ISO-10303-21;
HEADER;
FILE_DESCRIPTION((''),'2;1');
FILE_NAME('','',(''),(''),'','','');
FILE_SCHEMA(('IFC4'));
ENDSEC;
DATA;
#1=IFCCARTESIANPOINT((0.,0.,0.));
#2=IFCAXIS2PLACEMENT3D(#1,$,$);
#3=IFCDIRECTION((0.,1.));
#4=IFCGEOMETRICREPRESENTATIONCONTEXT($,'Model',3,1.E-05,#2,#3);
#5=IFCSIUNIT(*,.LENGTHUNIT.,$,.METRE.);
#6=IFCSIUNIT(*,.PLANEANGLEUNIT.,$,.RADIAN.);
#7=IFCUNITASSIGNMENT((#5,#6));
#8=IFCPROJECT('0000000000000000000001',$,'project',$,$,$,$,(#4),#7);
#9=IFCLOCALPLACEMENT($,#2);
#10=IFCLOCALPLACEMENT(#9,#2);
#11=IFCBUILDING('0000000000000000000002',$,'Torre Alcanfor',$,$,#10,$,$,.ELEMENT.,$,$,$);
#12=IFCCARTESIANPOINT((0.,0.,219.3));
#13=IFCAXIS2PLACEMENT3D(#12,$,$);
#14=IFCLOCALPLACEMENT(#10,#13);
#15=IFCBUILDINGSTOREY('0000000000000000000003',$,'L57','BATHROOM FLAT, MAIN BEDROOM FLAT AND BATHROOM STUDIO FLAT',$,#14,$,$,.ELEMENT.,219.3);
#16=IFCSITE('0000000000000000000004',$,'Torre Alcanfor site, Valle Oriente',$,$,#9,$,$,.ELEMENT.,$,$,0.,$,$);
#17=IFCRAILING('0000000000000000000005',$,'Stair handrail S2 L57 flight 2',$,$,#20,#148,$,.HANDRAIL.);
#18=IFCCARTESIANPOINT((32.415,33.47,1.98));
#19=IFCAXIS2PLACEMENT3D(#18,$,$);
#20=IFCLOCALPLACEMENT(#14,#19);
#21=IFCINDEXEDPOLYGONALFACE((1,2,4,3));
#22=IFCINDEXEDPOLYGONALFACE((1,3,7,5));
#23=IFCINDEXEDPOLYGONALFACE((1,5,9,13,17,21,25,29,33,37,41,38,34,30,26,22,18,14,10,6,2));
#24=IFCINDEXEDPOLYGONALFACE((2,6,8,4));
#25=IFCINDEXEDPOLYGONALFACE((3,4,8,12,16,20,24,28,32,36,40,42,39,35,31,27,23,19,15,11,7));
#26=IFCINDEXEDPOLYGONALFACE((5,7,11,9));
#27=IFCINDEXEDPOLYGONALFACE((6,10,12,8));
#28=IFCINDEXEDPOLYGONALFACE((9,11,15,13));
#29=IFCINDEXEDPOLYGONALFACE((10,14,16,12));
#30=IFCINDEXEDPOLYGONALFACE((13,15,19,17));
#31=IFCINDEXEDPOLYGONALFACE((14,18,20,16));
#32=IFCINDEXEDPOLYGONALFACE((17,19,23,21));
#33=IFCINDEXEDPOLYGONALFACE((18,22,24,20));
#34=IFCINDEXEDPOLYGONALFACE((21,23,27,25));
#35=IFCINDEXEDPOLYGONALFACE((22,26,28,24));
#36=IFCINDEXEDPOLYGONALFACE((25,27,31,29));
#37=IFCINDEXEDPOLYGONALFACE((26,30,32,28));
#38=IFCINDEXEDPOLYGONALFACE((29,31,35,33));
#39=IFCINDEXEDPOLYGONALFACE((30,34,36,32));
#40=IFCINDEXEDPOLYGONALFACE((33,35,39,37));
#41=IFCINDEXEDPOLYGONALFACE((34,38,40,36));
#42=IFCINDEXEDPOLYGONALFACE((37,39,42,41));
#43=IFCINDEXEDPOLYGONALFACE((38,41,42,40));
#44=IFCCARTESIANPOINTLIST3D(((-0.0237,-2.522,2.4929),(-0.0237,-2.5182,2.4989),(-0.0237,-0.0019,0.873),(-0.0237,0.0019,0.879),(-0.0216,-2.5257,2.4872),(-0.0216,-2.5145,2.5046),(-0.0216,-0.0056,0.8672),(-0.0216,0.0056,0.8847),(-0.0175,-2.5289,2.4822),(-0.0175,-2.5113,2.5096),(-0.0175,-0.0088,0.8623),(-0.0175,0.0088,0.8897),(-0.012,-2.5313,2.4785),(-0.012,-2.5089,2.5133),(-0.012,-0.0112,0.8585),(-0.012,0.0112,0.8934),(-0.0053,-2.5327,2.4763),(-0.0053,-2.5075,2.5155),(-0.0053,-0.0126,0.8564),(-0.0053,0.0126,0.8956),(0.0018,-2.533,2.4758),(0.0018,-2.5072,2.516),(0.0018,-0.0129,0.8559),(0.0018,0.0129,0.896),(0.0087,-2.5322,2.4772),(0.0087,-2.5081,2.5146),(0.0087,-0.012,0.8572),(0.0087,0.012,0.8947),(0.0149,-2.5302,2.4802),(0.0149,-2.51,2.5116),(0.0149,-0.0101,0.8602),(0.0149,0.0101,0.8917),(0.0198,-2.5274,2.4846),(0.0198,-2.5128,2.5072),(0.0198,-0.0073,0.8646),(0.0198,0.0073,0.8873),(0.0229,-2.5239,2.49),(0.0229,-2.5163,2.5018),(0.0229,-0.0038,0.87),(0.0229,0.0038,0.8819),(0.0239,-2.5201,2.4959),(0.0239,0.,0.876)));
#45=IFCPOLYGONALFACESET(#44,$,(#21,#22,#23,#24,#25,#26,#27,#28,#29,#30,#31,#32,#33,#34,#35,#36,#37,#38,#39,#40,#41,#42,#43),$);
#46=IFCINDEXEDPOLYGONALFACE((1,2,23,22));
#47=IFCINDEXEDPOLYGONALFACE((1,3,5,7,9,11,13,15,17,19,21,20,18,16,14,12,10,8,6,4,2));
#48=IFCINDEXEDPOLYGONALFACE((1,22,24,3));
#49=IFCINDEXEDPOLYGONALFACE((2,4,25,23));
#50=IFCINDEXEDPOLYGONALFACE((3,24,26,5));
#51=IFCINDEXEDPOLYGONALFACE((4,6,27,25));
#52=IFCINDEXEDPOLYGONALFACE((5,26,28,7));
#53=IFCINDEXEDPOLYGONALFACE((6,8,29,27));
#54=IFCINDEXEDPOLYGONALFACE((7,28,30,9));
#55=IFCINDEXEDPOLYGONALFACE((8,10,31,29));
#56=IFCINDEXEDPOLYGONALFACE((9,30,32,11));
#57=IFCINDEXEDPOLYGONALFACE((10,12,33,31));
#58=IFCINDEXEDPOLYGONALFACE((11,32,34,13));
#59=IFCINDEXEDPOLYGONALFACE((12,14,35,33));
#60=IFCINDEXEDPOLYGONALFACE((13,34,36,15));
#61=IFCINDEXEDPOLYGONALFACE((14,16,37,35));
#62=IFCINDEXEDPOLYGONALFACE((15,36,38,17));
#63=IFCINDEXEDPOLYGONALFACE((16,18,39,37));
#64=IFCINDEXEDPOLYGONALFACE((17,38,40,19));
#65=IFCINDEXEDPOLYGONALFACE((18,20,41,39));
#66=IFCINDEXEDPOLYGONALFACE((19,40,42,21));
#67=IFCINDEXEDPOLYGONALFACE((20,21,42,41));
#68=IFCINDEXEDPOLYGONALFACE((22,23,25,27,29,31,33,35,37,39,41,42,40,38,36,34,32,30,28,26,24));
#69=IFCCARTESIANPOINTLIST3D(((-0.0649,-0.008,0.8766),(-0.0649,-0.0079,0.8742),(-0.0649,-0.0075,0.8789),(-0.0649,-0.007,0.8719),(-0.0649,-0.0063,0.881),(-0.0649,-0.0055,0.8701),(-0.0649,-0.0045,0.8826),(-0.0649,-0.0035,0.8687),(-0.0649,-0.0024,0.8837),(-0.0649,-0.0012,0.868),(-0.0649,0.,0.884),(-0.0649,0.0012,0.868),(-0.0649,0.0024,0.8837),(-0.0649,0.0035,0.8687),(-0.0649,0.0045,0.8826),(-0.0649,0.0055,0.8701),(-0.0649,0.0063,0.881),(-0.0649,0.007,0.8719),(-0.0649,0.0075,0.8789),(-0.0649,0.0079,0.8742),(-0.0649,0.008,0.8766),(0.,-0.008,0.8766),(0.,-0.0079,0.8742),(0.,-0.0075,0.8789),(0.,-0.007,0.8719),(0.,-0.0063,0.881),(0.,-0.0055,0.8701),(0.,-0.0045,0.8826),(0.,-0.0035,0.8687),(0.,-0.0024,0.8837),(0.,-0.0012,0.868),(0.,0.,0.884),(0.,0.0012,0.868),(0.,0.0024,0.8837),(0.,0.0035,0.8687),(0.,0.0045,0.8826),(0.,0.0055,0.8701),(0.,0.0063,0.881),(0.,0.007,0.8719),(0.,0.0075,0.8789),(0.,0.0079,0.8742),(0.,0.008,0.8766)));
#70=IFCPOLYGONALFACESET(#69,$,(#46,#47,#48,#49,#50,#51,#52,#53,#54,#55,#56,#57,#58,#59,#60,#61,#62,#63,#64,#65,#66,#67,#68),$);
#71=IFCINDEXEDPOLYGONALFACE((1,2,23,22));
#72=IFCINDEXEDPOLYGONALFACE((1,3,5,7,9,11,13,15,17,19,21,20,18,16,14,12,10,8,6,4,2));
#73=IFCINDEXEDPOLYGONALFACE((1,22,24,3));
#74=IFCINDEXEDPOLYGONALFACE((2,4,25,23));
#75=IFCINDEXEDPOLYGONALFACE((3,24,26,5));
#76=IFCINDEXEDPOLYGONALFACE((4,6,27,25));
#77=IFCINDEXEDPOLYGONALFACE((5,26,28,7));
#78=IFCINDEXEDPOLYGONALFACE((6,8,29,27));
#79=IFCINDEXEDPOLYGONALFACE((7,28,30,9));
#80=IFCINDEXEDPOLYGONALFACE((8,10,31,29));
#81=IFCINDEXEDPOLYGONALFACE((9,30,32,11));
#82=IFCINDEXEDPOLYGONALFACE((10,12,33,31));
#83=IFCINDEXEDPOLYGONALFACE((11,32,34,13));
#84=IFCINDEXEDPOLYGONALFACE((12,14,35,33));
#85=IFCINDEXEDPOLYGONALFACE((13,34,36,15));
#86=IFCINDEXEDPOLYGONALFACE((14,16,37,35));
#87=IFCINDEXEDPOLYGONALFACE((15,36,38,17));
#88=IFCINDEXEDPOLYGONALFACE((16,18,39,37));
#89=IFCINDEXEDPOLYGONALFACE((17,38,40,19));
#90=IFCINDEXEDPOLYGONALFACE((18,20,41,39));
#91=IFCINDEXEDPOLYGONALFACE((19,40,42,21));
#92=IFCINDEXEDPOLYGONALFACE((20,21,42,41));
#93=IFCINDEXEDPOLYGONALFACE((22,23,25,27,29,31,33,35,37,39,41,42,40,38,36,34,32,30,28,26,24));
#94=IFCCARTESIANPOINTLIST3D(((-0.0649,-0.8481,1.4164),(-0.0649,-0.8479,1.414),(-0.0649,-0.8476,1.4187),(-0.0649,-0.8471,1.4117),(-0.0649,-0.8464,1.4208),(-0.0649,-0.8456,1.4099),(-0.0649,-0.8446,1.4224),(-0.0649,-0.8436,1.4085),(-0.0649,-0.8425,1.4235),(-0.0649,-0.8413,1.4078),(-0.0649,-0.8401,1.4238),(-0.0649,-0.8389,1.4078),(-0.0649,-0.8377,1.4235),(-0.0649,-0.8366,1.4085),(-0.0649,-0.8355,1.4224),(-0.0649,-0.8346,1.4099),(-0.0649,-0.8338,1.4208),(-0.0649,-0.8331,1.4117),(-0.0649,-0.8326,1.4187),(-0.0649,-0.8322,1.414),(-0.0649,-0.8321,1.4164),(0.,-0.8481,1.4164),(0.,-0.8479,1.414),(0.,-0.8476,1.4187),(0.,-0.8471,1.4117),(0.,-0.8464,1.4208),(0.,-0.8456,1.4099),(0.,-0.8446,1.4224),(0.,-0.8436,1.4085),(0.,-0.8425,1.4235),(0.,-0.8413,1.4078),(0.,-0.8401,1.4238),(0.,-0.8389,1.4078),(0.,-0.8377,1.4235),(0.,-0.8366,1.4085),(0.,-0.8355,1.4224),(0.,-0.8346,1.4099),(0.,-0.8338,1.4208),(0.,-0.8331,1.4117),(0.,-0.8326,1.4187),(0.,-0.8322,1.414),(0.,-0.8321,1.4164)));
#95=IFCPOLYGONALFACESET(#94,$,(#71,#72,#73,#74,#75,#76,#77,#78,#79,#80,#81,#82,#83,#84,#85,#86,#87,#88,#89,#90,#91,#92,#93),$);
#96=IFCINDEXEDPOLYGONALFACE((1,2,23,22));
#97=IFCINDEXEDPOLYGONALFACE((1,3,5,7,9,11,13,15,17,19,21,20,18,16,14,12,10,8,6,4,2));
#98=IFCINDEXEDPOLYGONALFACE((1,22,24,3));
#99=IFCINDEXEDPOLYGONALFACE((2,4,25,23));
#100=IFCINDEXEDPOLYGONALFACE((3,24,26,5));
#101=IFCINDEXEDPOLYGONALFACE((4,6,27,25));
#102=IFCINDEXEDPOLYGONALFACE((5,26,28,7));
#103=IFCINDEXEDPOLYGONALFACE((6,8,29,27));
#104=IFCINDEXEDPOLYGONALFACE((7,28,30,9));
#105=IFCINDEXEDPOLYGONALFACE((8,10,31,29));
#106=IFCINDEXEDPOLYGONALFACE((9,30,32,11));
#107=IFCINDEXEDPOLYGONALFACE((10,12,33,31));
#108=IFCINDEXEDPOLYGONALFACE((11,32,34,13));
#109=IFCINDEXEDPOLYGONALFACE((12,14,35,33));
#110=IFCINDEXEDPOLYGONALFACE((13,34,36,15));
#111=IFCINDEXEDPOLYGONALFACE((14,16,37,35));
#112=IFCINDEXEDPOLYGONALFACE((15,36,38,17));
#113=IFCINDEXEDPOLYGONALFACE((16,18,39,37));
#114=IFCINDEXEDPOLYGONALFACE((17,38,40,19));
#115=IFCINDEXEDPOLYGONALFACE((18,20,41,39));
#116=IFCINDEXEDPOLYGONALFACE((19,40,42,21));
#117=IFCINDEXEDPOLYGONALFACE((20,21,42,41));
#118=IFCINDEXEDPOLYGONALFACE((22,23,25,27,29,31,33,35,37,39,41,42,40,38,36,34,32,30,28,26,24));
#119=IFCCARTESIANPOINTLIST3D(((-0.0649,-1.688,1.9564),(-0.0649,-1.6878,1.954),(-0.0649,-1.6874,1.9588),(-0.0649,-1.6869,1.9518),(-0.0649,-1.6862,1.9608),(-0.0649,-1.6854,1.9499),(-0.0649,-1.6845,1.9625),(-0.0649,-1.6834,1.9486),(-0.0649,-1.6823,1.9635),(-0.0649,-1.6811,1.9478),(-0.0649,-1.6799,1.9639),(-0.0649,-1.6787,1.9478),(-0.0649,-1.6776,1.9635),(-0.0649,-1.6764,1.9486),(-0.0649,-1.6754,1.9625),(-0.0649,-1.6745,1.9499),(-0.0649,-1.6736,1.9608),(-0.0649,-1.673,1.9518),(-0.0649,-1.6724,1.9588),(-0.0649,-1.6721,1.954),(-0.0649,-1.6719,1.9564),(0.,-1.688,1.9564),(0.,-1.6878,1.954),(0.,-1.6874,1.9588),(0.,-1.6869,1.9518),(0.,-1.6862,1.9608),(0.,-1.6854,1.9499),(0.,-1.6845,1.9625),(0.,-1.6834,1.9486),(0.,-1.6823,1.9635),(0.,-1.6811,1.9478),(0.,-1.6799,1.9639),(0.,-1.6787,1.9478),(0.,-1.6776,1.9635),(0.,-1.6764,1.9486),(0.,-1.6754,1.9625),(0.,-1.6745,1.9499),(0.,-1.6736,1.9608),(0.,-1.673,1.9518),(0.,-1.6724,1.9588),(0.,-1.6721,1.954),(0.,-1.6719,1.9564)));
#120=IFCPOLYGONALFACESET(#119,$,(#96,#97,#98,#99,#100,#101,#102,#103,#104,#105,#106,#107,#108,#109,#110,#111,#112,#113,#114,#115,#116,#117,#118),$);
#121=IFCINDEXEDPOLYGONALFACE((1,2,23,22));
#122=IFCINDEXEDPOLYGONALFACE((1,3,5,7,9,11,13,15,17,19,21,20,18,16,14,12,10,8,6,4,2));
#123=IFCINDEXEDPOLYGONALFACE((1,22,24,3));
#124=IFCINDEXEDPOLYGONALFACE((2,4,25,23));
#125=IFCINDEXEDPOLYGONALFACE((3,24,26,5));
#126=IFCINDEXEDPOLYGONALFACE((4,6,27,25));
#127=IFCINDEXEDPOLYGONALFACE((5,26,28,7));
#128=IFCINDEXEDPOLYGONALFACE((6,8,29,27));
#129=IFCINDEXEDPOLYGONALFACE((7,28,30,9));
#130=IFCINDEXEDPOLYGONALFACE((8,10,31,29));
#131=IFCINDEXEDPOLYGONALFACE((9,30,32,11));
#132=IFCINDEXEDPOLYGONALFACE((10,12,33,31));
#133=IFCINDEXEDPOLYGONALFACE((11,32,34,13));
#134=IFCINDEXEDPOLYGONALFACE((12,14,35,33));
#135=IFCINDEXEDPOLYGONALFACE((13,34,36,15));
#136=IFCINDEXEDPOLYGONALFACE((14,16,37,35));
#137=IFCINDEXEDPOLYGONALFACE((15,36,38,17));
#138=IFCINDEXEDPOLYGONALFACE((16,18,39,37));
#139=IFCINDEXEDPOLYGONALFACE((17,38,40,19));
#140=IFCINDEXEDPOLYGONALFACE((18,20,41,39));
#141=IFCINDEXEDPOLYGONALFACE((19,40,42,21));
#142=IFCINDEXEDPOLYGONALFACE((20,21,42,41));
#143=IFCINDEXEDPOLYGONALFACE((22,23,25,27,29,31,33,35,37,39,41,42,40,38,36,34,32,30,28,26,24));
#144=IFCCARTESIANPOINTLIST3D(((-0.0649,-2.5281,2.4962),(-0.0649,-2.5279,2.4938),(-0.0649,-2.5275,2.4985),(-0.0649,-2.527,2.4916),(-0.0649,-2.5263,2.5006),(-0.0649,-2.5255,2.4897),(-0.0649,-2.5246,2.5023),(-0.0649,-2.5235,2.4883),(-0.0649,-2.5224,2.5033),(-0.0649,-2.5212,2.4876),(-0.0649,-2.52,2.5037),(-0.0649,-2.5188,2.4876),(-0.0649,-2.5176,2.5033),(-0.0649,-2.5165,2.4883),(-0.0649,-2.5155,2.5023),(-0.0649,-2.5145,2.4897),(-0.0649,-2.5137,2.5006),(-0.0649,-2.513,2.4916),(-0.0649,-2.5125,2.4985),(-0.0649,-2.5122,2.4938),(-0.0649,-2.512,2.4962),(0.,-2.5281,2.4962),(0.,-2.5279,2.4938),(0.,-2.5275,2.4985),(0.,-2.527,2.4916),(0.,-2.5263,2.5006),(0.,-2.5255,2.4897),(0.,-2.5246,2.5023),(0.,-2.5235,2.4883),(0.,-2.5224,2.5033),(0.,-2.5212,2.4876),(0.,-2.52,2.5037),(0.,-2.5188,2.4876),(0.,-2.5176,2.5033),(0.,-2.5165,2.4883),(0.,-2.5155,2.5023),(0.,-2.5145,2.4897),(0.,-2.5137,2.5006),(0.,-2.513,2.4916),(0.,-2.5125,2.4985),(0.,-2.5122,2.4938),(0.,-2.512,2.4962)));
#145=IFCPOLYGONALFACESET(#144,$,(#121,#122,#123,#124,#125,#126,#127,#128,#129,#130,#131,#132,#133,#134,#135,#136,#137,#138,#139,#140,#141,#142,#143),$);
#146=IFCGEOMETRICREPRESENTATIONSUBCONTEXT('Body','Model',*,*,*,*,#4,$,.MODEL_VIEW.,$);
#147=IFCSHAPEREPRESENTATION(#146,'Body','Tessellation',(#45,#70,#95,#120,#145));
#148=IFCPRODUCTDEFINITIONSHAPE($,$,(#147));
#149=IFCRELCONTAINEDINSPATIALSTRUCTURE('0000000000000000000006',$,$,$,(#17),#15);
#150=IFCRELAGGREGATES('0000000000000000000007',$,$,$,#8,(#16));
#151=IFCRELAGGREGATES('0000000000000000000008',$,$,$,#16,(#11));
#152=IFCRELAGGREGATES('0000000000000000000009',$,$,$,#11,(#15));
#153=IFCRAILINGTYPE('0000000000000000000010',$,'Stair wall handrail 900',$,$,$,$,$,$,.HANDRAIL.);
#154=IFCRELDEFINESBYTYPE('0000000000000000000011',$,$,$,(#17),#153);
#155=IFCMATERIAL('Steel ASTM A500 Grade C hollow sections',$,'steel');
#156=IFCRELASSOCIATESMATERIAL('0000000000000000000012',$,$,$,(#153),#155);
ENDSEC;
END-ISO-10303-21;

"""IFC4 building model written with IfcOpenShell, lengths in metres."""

from ifc_helpers import new_model, si_unit, direction, frame, origin, origin_2d, place, context, subcontext, project, spatial, circle, extrude, material, type_object, element, save


model = new_model("IFC4")

# Units and contexts
model_context = context("Model", 3, precision=1e-05, world=origin(), true_north=direction((0.0, 1.0)))
body_context = subcontext(model_context, "Body", "Model", "MODEL_VIEW")
ifc_project = project(units=[si_unit("LENGTHUNIT", "METRE"), si_unit("PLANEANGLEUNIT", "RADIAN")], contexts=[model_context])

# Site, building, storey
site_placement = place(None, origin())
site = spatial("IfcSite", under=ifc_project, at=site_placement, Name="Torre Alcanfor site, Valle Oriente", CompositionType="ELEMENT", RefElevation=0.0)
building_placement = place(site_placement, origin())
building = spatial("IfcBuilding", under=site, at=building_placement, Name="Torre Alcanfor", CompositionType="ELEMENT")
storey_placement = place(building_placement, frame((0.0, 0.0, 219.3)))
storey = spatial("IfcBuildingStorey", under=building, at=storey_placement, Name="L57", Description="BATHROOM FLAT, MAIN BEDROOM FLAT AND BATHROOM STUDIO FLAT", CompositionType="ELEMENT", Elevation=219.3)

# Railing
ifc_material_1 = material(Name="Steel ASTM A500 Grade C hollow sections", Category="steel")
railing_type_1 = type_object("IfcRailingType", Name="Stair wall handrail 900", PredefinedType="HANDRAIL", material=ifc_material_1)
railing_1_placement = place(storey_placement, frame((32.415, 33.47, 1.98)))
element("IfcRailing", 1, at=railing_1_placement, inside=storey, type_object=railing_type_1, Name="Stair handrail S2 L57 flight 2", PredefinedType="HANDRAIL", context=body_context, shape_type="SweptSolid", body=[
    extrude(circle(Radius=0.0239, at=origin_2d()), frame((0.0, 0.0, 0.876), z_axis=(0.0, -0.8412, 0.540725), x_axis=(1.0, 0.0, 0.0)), (0.0, 0.0, 1.0), 2.9958),
    extrude(circle(Radius=0.0081, at=origin_2d()), frame((0.0, 0.0, 0.876), z_axis=(-1.0, 0.0, 0.0), x_axis=(0.0, 0.0, 1.0)), (0.0, 0.0, 1.0), 0.0649),
    extrude(circle(Radius=0.0081, at=origin_2d()), frame((0.0, -0.8401, 1.4158), z_axis=(-1.0, 0.0, 0.0), x_axis=(0.0, 0.0, 1.0)), (0.0, 0.0, 1.0), 0.0649),
    extrude(circle(Radius=0.0081, at=origin_2d()), frame((0.0, -1.6799, 1.9558), z_axis=(-1.0, 0.0, 0.0), x_axis=(0.0, 0.0, 1.0)), (0.0, 0.0, 1.0), 0.0649),
    extrude(circle(Radius=0.0081, at=origin_2d()), frame((0.0, -2.52, 2.4956), z_axis=(-1.0, 0.0, 0.0), x_axis=(0.0, 0.0, 1.0)), (0.0, 0.0, 1.0), 0.0649),
])

save(model, "model.ifc")
